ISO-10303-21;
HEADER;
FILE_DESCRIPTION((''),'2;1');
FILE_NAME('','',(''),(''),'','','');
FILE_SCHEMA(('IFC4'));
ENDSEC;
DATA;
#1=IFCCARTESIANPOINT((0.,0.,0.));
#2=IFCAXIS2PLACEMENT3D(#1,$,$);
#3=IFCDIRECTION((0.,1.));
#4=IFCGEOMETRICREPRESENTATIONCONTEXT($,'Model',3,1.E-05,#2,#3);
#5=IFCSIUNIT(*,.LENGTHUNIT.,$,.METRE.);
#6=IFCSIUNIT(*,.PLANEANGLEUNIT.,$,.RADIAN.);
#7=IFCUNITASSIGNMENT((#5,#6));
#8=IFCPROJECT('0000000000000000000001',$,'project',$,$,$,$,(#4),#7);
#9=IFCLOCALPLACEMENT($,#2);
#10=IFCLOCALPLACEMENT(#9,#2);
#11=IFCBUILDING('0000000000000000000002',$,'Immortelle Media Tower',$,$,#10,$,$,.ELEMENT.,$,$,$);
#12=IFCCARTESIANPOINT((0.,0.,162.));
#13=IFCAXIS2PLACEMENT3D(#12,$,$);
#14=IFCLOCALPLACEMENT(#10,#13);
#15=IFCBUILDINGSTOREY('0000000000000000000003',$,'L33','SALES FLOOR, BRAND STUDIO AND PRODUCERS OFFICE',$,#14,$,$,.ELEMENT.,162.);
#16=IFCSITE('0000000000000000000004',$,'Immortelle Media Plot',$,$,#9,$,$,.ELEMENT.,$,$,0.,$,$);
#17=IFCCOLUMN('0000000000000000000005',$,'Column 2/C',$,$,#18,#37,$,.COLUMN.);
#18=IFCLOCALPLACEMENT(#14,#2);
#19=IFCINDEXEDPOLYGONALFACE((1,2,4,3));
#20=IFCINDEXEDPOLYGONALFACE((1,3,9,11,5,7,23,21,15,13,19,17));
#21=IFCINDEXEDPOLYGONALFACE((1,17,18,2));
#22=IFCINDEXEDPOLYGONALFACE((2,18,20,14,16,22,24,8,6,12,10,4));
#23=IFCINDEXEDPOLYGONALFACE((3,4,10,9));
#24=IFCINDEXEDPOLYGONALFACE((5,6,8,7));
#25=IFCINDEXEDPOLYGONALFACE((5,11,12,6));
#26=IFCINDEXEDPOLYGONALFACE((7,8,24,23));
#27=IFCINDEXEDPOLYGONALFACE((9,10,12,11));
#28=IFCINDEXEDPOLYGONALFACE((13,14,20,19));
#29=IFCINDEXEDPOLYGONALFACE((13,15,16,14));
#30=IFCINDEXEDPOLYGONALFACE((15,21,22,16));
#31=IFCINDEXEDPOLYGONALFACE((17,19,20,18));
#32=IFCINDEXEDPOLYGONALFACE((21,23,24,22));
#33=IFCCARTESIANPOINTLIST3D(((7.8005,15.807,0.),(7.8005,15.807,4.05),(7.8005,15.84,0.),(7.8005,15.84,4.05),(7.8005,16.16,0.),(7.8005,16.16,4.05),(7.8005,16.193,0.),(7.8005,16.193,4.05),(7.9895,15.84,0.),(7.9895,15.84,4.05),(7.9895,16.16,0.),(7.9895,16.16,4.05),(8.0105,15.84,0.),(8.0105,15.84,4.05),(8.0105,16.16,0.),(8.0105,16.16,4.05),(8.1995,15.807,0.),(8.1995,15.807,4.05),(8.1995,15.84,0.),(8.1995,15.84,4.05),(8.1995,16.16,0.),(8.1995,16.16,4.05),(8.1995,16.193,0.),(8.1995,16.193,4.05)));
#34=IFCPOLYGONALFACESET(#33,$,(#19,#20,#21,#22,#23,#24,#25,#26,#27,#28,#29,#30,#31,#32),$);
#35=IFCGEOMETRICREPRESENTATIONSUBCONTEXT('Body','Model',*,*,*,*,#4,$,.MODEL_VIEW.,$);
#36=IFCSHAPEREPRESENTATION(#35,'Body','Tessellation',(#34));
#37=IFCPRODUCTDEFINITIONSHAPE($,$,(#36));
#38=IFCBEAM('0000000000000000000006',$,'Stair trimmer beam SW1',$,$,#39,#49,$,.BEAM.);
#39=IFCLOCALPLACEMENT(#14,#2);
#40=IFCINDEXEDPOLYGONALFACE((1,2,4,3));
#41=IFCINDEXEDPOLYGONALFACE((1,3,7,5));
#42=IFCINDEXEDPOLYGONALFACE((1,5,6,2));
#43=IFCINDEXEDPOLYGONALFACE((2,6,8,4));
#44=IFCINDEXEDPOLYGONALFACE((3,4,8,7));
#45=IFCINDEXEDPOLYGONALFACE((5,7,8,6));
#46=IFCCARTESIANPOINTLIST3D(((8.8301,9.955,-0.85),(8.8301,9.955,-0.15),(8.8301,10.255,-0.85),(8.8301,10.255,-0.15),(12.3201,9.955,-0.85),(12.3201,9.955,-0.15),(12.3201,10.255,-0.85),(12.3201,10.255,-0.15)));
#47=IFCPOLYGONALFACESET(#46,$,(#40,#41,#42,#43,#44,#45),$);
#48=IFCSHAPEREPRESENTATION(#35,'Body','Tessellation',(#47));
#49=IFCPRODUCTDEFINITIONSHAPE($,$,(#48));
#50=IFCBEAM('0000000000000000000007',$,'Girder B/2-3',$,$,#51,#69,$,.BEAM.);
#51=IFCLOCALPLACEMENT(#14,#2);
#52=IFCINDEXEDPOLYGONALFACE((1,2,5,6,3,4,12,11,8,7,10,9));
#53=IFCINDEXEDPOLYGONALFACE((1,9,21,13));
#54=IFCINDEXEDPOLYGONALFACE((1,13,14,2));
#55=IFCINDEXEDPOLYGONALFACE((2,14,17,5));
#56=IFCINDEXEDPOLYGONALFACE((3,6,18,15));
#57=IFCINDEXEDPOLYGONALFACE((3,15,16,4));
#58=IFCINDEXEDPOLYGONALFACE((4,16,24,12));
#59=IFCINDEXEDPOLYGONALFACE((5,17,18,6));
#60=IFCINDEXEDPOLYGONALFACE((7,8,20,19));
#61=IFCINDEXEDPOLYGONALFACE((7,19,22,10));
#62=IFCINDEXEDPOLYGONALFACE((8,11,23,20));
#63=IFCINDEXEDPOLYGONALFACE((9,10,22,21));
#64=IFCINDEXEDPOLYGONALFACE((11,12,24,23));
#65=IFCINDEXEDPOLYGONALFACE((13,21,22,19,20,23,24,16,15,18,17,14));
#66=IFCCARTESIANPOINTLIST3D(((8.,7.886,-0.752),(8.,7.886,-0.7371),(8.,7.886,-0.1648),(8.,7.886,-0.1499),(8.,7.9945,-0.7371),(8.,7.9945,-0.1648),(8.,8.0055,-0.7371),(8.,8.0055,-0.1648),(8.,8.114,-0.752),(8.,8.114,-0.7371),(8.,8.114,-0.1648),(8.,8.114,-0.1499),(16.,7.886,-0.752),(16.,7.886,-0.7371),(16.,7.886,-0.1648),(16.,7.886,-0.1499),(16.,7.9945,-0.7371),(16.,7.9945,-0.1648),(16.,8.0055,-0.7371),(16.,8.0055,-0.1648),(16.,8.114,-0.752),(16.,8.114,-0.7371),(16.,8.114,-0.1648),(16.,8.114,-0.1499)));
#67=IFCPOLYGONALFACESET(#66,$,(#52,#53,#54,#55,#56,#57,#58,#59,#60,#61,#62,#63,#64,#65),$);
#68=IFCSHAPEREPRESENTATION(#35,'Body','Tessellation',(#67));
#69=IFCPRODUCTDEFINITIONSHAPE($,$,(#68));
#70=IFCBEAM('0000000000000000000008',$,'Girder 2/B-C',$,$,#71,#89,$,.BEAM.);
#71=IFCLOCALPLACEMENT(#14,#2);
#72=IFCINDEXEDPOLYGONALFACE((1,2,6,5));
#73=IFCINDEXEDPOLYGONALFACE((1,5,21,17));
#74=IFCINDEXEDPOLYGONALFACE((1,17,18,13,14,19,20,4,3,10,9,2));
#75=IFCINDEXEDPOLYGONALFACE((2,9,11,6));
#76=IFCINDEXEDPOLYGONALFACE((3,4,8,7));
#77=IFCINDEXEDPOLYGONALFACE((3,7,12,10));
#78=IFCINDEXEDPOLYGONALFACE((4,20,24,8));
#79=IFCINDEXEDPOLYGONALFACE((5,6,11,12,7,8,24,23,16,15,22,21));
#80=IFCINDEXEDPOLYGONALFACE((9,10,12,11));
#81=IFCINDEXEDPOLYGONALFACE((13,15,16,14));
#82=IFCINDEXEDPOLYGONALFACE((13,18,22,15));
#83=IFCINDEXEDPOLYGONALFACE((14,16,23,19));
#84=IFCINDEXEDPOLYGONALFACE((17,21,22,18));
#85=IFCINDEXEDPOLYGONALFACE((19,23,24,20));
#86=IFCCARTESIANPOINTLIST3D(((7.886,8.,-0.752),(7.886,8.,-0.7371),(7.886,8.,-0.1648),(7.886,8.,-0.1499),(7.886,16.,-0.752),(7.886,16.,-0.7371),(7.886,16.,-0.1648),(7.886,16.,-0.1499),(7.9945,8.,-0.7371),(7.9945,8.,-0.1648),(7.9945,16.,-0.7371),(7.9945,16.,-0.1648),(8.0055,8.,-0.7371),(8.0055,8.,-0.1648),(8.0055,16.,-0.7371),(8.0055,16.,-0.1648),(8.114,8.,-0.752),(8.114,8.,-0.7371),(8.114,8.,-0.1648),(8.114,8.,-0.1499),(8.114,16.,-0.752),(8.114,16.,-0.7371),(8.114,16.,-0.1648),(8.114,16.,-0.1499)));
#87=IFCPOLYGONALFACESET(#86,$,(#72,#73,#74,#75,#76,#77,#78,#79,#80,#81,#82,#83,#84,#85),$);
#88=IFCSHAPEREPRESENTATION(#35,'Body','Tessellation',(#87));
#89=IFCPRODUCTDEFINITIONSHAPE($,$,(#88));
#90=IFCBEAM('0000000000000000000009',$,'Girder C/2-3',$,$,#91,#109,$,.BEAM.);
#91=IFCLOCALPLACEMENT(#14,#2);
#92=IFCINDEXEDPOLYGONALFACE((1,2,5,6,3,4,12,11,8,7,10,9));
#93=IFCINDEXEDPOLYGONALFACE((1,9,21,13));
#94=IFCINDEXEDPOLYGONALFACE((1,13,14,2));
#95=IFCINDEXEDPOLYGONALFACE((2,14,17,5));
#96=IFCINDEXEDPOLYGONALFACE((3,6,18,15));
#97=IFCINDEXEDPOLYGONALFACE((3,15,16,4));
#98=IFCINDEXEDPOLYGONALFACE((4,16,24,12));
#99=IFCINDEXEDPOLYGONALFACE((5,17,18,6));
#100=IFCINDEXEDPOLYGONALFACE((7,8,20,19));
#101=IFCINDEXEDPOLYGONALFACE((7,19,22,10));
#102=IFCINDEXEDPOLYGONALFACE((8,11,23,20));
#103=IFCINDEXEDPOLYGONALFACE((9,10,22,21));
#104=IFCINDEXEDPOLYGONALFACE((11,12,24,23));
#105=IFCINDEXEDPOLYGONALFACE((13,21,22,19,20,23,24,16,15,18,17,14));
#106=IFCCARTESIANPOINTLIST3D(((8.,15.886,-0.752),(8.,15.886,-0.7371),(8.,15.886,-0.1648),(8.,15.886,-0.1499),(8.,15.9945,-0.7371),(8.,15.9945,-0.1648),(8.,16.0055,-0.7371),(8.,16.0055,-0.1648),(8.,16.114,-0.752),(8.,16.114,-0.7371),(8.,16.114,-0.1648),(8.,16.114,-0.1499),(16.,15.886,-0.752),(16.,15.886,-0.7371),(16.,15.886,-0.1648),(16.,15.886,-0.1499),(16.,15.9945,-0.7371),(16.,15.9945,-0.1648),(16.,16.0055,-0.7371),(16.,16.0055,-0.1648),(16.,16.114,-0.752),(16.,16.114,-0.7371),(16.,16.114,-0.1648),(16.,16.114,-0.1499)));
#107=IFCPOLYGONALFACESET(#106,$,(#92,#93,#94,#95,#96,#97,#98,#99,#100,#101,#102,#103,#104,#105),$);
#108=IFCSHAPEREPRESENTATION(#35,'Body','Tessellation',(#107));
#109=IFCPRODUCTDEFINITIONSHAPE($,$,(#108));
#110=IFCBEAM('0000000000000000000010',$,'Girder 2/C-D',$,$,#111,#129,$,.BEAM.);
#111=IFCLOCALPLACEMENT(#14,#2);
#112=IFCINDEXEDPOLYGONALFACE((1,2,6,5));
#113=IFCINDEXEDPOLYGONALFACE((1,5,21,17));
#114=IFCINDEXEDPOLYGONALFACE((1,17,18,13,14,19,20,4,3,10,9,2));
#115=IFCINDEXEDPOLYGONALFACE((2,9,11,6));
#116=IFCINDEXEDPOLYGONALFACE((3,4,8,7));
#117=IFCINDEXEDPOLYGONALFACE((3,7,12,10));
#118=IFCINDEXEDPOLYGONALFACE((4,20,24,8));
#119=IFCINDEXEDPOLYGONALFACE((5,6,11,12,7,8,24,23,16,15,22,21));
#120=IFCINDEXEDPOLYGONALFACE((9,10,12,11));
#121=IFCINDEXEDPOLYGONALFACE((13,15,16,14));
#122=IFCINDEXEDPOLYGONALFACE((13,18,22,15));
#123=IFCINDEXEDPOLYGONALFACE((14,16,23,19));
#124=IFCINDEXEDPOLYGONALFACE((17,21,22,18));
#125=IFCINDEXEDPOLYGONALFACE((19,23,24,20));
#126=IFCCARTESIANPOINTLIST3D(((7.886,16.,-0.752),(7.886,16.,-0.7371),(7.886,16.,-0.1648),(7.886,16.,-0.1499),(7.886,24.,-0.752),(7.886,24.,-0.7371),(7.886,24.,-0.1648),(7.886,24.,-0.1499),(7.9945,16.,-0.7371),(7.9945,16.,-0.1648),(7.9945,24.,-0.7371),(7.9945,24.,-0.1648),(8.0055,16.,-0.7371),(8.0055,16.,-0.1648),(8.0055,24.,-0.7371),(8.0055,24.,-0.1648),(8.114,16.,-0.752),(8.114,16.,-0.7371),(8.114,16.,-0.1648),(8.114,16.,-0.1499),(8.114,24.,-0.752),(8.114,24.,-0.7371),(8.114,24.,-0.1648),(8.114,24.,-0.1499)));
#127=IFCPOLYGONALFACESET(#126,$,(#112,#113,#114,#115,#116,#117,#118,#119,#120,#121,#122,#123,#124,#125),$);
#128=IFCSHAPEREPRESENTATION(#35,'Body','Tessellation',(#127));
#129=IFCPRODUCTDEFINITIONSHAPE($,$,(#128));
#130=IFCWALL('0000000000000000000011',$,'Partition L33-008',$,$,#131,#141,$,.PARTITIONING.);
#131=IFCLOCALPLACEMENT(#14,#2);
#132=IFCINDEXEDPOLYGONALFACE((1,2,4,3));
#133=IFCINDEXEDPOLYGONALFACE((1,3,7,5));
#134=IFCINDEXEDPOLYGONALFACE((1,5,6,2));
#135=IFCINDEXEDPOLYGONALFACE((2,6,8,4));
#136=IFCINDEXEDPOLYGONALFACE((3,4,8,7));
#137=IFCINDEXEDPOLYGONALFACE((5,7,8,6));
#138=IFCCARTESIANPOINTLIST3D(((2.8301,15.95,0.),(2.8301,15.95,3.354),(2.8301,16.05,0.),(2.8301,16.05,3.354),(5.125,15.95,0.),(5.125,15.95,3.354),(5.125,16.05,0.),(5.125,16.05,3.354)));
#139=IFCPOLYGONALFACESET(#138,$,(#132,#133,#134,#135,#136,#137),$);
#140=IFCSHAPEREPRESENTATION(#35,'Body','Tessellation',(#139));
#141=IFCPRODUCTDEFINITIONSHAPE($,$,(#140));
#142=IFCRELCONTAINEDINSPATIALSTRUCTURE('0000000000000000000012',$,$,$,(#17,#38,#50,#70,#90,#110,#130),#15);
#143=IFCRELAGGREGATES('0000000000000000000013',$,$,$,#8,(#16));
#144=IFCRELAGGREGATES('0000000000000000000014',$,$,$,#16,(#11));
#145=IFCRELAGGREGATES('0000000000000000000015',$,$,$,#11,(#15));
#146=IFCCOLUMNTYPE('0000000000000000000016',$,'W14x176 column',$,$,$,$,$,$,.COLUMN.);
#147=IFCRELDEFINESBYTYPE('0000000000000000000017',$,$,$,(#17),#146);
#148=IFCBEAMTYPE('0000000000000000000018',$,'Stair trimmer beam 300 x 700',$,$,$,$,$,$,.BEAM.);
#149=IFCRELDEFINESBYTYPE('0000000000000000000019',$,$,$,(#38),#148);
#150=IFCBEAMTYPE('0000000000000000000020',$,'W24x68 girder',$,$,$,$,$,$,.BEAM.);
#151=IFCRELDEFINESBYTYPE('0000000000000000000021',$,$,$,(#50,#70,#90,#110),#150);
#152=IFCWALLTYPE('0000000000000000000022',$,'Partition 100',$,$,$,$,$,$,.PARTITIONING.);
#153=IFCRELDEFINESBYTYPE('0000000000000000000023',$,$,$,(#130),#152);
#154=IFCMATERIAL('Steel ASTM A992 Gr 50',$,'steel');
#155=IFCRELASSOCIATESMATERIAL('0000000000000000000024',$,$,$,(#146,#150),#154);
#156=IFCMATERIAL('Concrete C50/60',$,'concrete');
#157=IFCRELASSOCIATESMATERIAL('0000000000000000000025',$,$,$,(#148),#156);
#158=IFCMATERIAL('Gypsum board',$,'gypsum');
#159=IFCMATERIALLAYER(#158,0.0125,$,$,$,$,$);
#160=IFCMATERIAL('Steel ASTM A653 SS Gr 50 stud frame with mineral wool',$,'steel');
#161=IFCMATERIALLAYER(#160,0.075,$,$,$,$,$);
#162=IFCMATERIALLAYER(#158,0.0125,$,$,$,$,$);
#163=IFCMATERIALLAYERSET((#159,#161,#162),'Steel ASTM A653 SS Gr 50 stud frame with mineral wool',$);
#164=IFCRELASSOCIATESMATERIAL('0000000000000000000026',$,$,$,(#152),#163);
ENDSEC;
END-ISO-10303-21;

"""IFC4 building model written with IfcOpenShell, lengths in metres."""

from ifc_helpers import new_model, si_unit, direction, frame, frame_2d, origin, origin_2d, place, context, subcontext, project, spatial, rectangle, i_section, extrude, material, layer, layer_set, material_profile, profile_set, type_object, element, save


model = new_model("IFC4")

# Units and contexts
model_context = context("Model", 3, precision=1e-05, world=origin(), true_north=direction((0.0, 1.0)))
body_context = subcontext(model_context, "Body", "Model", "MODEL_VIEW")
ifc_project = project(units=[si_unit("LENGTHUNIT", "METRE"), si_unit("PLANEANGLEUNIT", "RADIAN")], contexts=[model_context])

# Site, building, storey
site_placement = place(None, origin())
site = spatial("IfcSite", under=ifc_project, at=site_placement, Name="Immortelle Media Plot", CompositionType="ELEMENT", RefElevation=0.0)
building_placement = place(site_placement, origin())
building = spatial("IfcBuilding", under=site, at=building_placement, Name="Immortelle Media Tower", CompositionType="ELEMENT")
storey_placement = place(building_placement, frame((0.0, 0.0, 162.0)))
storey = spatial("IfcBuildingStorey", under=building, at=storey_placement, Name="L33", Description="SALES FLOOR, BRAND STUDIO AND PRODUCERS OFFICE", CompositionType="ELEMENT", Elevation=162.0)

# Column
ifc_material_1 = material(Name="Steel ASTM A992 Gr 50", Category="steel")
ifc_material_profile_1 = material_profile(ifc_material_1, i_section(OverallWidth=0.3989, OverallDepth=0.386, WebThickness=0.021, FlangeThickness=0.033, at=origin_2d()), Name="W14x176")
ifc_profile_set_1 = profile_set([ifc_material_profile_1], Name="Steel ASTM A992 Gr 50")
column_type = type_object("IfcColumnType", Name="W14x176 column", PredefinedType="COLUMN", material=ifc_profile_set_1)
column_placement = place(storey_placement, frame((8.0, 16.0, 0.0), z_axis=(0.0, 0.0, 1.0), x_axis=(1.0, 0.0, 0.0)))
element("IfcColumn", 1, at=column_placement, inside=storey, type_object=column_type, Name="Column 2/C", PredefinedType="COLUMN", context=body_context, shape_type="SweptSolid", body=[
    extrude(i_section(OverallWidth=0.3989, OverallDepth=0.386, WebThickness=0.021, FlangeThickness=0.033, at=origin_2d()), origin(), (0.0, 0.0, 1.0), 4.05),
])

# Beams
ifc_material_2 = material(Name="Concrete C50/60", Category="concrete")
ifc_material_profile_2 = material_profile(ifc_material_2, rectangle(XDim=0.3, YDim=0.7, at=origin_2d()), Name="RC 300x700")
ifc_profile_set_2 = profile_set([ifc_material_profile_2], Name="Concrete C50/60")
beam_type_1 = type_object("IfcBeamType", Name="Stair trimmer beam 300 x 700", PredefinedType="BEAM", material=ifc_profile_set_2)
beam_placement = place(storey_placement, frame((8.8301, 10.105, -0.5), z_axis=(1.0, 0.0, 0.0), x_axis=(0.0, 1.0, 0.0)))
element("IfcBeam", 2, at=beam_placement, inside=storey, type_object=beam_type_1, Name="Stair trimmer beam SW1", PredefinedType="BEAM", context=body_context, shape_type="SweptSolid", body=[
    extrude(rectangle(XDim=0.3, YDim=0.7, at=origin_2d()), origin(), (0.0, 0.0, 1.0), 3.49),
])
ifc_material_profile_3 = material_profile(ifc_material_1, i_section(OverallWidth=0.228, OverallDepth=0.6021, WebThickness=0.011, FlangeThickness=0.0149, at=origin_2d()), Name="W24x68")
ifc_profile_set_3 = profile_set([ifc_material_profile_3], Name="Steel ASTM A992 Gr 50")
beam_type_2 = type_object("IfcBeamType", Name="W24x68 girder", PredefinedType="BEAM", material=ifc_profile_set_3)
for number, where, z_axis, x_axis, name in (
    (3, (8.0, 8.0, -0.4509), (1.0, 0.0, 0.0), (0.0, 1.0, 0.0), "Girder B/2-3"),
    (4, (8.0, 8.0, -0.4509), (0.0, 1.0, 0.0), (-1.0, 0.0, 0.0), "Girder 2/B-C"),
    (5, (8.0, 16.0, -0.4509), (1.0, 0.0, 0.0), (0.0, 1.0, 0.0), "Girder C/2-3"),
    (6, (8.0, 16.0, -0.4509), (0.0, 1.0, 0.0), (-1.0, 0.0, 0.0), "Girder 2/C-D"),
):
    element("IfcBeam", number, at=place(storey_placement, frame(where, z_axis=z_axis, x_axis=x_axis)), inside=storey, type_object=beam_type_2, Name=name, PredefinedType="BEAM", context=body_context, shape_type="SweptSolid", body=[
        extrude(i_section(OverallWidth=0.228, OverallDepth=0.6021, WebThickness=0.011, FlangeThickness=0.0149, at=origin_2d()), origin(), (0.0, 0.0, 1.0), 8.0),
    ])

# Wall
ifc_material_3 = material(Name="Gypsum board", Category="gypsum")
ifc_layer_1 = layer(ifc_material_3, 0.0125)
ifc_material_4 = material(Name="Steel ASTM A653 SS Gr 50 stud frame with mineral wool", Category="steel")
ifc_layer_2 = layer(ifc_material_4, 0.075)
ifc_layer_3 = layer(ifc_material_3, 0.0125)
ifc_layer_set_1 = layer_set([ifc_layer_1, ifc_layer_2, ifc_layer_3], Name="Steel ASTM A653 SS Gr 50 stud frame with mineral wool")
wall_type_1 = type_object("IfcWallType", Name="Partition 100", PredefinedType="PARTITIONING", material=ifc_layer_set_1)
wall_1_placement = place(storey_placement, frame((2.8301, 16.0, 0.0), z_axis=(0.0, 0.0, 1.0), x_axis=(1.0, 0.0, 0.0)))
element("IfcWall", 7, at=wall_1_placement, inside=storey, type_object=wall_type_1, Name="Partition L33-008", PredefinedType="PARTITIONING", context=body_context, shape_type="SweptSolid", body=[
    extrude(rectangle(XDim=2.2949, YDim=0.1001, at=frame_2d((1.1475, 0.0))), origin(), (0.0, 0.0, 1.0), 3.354),
])

save(model, "model.ifc")
